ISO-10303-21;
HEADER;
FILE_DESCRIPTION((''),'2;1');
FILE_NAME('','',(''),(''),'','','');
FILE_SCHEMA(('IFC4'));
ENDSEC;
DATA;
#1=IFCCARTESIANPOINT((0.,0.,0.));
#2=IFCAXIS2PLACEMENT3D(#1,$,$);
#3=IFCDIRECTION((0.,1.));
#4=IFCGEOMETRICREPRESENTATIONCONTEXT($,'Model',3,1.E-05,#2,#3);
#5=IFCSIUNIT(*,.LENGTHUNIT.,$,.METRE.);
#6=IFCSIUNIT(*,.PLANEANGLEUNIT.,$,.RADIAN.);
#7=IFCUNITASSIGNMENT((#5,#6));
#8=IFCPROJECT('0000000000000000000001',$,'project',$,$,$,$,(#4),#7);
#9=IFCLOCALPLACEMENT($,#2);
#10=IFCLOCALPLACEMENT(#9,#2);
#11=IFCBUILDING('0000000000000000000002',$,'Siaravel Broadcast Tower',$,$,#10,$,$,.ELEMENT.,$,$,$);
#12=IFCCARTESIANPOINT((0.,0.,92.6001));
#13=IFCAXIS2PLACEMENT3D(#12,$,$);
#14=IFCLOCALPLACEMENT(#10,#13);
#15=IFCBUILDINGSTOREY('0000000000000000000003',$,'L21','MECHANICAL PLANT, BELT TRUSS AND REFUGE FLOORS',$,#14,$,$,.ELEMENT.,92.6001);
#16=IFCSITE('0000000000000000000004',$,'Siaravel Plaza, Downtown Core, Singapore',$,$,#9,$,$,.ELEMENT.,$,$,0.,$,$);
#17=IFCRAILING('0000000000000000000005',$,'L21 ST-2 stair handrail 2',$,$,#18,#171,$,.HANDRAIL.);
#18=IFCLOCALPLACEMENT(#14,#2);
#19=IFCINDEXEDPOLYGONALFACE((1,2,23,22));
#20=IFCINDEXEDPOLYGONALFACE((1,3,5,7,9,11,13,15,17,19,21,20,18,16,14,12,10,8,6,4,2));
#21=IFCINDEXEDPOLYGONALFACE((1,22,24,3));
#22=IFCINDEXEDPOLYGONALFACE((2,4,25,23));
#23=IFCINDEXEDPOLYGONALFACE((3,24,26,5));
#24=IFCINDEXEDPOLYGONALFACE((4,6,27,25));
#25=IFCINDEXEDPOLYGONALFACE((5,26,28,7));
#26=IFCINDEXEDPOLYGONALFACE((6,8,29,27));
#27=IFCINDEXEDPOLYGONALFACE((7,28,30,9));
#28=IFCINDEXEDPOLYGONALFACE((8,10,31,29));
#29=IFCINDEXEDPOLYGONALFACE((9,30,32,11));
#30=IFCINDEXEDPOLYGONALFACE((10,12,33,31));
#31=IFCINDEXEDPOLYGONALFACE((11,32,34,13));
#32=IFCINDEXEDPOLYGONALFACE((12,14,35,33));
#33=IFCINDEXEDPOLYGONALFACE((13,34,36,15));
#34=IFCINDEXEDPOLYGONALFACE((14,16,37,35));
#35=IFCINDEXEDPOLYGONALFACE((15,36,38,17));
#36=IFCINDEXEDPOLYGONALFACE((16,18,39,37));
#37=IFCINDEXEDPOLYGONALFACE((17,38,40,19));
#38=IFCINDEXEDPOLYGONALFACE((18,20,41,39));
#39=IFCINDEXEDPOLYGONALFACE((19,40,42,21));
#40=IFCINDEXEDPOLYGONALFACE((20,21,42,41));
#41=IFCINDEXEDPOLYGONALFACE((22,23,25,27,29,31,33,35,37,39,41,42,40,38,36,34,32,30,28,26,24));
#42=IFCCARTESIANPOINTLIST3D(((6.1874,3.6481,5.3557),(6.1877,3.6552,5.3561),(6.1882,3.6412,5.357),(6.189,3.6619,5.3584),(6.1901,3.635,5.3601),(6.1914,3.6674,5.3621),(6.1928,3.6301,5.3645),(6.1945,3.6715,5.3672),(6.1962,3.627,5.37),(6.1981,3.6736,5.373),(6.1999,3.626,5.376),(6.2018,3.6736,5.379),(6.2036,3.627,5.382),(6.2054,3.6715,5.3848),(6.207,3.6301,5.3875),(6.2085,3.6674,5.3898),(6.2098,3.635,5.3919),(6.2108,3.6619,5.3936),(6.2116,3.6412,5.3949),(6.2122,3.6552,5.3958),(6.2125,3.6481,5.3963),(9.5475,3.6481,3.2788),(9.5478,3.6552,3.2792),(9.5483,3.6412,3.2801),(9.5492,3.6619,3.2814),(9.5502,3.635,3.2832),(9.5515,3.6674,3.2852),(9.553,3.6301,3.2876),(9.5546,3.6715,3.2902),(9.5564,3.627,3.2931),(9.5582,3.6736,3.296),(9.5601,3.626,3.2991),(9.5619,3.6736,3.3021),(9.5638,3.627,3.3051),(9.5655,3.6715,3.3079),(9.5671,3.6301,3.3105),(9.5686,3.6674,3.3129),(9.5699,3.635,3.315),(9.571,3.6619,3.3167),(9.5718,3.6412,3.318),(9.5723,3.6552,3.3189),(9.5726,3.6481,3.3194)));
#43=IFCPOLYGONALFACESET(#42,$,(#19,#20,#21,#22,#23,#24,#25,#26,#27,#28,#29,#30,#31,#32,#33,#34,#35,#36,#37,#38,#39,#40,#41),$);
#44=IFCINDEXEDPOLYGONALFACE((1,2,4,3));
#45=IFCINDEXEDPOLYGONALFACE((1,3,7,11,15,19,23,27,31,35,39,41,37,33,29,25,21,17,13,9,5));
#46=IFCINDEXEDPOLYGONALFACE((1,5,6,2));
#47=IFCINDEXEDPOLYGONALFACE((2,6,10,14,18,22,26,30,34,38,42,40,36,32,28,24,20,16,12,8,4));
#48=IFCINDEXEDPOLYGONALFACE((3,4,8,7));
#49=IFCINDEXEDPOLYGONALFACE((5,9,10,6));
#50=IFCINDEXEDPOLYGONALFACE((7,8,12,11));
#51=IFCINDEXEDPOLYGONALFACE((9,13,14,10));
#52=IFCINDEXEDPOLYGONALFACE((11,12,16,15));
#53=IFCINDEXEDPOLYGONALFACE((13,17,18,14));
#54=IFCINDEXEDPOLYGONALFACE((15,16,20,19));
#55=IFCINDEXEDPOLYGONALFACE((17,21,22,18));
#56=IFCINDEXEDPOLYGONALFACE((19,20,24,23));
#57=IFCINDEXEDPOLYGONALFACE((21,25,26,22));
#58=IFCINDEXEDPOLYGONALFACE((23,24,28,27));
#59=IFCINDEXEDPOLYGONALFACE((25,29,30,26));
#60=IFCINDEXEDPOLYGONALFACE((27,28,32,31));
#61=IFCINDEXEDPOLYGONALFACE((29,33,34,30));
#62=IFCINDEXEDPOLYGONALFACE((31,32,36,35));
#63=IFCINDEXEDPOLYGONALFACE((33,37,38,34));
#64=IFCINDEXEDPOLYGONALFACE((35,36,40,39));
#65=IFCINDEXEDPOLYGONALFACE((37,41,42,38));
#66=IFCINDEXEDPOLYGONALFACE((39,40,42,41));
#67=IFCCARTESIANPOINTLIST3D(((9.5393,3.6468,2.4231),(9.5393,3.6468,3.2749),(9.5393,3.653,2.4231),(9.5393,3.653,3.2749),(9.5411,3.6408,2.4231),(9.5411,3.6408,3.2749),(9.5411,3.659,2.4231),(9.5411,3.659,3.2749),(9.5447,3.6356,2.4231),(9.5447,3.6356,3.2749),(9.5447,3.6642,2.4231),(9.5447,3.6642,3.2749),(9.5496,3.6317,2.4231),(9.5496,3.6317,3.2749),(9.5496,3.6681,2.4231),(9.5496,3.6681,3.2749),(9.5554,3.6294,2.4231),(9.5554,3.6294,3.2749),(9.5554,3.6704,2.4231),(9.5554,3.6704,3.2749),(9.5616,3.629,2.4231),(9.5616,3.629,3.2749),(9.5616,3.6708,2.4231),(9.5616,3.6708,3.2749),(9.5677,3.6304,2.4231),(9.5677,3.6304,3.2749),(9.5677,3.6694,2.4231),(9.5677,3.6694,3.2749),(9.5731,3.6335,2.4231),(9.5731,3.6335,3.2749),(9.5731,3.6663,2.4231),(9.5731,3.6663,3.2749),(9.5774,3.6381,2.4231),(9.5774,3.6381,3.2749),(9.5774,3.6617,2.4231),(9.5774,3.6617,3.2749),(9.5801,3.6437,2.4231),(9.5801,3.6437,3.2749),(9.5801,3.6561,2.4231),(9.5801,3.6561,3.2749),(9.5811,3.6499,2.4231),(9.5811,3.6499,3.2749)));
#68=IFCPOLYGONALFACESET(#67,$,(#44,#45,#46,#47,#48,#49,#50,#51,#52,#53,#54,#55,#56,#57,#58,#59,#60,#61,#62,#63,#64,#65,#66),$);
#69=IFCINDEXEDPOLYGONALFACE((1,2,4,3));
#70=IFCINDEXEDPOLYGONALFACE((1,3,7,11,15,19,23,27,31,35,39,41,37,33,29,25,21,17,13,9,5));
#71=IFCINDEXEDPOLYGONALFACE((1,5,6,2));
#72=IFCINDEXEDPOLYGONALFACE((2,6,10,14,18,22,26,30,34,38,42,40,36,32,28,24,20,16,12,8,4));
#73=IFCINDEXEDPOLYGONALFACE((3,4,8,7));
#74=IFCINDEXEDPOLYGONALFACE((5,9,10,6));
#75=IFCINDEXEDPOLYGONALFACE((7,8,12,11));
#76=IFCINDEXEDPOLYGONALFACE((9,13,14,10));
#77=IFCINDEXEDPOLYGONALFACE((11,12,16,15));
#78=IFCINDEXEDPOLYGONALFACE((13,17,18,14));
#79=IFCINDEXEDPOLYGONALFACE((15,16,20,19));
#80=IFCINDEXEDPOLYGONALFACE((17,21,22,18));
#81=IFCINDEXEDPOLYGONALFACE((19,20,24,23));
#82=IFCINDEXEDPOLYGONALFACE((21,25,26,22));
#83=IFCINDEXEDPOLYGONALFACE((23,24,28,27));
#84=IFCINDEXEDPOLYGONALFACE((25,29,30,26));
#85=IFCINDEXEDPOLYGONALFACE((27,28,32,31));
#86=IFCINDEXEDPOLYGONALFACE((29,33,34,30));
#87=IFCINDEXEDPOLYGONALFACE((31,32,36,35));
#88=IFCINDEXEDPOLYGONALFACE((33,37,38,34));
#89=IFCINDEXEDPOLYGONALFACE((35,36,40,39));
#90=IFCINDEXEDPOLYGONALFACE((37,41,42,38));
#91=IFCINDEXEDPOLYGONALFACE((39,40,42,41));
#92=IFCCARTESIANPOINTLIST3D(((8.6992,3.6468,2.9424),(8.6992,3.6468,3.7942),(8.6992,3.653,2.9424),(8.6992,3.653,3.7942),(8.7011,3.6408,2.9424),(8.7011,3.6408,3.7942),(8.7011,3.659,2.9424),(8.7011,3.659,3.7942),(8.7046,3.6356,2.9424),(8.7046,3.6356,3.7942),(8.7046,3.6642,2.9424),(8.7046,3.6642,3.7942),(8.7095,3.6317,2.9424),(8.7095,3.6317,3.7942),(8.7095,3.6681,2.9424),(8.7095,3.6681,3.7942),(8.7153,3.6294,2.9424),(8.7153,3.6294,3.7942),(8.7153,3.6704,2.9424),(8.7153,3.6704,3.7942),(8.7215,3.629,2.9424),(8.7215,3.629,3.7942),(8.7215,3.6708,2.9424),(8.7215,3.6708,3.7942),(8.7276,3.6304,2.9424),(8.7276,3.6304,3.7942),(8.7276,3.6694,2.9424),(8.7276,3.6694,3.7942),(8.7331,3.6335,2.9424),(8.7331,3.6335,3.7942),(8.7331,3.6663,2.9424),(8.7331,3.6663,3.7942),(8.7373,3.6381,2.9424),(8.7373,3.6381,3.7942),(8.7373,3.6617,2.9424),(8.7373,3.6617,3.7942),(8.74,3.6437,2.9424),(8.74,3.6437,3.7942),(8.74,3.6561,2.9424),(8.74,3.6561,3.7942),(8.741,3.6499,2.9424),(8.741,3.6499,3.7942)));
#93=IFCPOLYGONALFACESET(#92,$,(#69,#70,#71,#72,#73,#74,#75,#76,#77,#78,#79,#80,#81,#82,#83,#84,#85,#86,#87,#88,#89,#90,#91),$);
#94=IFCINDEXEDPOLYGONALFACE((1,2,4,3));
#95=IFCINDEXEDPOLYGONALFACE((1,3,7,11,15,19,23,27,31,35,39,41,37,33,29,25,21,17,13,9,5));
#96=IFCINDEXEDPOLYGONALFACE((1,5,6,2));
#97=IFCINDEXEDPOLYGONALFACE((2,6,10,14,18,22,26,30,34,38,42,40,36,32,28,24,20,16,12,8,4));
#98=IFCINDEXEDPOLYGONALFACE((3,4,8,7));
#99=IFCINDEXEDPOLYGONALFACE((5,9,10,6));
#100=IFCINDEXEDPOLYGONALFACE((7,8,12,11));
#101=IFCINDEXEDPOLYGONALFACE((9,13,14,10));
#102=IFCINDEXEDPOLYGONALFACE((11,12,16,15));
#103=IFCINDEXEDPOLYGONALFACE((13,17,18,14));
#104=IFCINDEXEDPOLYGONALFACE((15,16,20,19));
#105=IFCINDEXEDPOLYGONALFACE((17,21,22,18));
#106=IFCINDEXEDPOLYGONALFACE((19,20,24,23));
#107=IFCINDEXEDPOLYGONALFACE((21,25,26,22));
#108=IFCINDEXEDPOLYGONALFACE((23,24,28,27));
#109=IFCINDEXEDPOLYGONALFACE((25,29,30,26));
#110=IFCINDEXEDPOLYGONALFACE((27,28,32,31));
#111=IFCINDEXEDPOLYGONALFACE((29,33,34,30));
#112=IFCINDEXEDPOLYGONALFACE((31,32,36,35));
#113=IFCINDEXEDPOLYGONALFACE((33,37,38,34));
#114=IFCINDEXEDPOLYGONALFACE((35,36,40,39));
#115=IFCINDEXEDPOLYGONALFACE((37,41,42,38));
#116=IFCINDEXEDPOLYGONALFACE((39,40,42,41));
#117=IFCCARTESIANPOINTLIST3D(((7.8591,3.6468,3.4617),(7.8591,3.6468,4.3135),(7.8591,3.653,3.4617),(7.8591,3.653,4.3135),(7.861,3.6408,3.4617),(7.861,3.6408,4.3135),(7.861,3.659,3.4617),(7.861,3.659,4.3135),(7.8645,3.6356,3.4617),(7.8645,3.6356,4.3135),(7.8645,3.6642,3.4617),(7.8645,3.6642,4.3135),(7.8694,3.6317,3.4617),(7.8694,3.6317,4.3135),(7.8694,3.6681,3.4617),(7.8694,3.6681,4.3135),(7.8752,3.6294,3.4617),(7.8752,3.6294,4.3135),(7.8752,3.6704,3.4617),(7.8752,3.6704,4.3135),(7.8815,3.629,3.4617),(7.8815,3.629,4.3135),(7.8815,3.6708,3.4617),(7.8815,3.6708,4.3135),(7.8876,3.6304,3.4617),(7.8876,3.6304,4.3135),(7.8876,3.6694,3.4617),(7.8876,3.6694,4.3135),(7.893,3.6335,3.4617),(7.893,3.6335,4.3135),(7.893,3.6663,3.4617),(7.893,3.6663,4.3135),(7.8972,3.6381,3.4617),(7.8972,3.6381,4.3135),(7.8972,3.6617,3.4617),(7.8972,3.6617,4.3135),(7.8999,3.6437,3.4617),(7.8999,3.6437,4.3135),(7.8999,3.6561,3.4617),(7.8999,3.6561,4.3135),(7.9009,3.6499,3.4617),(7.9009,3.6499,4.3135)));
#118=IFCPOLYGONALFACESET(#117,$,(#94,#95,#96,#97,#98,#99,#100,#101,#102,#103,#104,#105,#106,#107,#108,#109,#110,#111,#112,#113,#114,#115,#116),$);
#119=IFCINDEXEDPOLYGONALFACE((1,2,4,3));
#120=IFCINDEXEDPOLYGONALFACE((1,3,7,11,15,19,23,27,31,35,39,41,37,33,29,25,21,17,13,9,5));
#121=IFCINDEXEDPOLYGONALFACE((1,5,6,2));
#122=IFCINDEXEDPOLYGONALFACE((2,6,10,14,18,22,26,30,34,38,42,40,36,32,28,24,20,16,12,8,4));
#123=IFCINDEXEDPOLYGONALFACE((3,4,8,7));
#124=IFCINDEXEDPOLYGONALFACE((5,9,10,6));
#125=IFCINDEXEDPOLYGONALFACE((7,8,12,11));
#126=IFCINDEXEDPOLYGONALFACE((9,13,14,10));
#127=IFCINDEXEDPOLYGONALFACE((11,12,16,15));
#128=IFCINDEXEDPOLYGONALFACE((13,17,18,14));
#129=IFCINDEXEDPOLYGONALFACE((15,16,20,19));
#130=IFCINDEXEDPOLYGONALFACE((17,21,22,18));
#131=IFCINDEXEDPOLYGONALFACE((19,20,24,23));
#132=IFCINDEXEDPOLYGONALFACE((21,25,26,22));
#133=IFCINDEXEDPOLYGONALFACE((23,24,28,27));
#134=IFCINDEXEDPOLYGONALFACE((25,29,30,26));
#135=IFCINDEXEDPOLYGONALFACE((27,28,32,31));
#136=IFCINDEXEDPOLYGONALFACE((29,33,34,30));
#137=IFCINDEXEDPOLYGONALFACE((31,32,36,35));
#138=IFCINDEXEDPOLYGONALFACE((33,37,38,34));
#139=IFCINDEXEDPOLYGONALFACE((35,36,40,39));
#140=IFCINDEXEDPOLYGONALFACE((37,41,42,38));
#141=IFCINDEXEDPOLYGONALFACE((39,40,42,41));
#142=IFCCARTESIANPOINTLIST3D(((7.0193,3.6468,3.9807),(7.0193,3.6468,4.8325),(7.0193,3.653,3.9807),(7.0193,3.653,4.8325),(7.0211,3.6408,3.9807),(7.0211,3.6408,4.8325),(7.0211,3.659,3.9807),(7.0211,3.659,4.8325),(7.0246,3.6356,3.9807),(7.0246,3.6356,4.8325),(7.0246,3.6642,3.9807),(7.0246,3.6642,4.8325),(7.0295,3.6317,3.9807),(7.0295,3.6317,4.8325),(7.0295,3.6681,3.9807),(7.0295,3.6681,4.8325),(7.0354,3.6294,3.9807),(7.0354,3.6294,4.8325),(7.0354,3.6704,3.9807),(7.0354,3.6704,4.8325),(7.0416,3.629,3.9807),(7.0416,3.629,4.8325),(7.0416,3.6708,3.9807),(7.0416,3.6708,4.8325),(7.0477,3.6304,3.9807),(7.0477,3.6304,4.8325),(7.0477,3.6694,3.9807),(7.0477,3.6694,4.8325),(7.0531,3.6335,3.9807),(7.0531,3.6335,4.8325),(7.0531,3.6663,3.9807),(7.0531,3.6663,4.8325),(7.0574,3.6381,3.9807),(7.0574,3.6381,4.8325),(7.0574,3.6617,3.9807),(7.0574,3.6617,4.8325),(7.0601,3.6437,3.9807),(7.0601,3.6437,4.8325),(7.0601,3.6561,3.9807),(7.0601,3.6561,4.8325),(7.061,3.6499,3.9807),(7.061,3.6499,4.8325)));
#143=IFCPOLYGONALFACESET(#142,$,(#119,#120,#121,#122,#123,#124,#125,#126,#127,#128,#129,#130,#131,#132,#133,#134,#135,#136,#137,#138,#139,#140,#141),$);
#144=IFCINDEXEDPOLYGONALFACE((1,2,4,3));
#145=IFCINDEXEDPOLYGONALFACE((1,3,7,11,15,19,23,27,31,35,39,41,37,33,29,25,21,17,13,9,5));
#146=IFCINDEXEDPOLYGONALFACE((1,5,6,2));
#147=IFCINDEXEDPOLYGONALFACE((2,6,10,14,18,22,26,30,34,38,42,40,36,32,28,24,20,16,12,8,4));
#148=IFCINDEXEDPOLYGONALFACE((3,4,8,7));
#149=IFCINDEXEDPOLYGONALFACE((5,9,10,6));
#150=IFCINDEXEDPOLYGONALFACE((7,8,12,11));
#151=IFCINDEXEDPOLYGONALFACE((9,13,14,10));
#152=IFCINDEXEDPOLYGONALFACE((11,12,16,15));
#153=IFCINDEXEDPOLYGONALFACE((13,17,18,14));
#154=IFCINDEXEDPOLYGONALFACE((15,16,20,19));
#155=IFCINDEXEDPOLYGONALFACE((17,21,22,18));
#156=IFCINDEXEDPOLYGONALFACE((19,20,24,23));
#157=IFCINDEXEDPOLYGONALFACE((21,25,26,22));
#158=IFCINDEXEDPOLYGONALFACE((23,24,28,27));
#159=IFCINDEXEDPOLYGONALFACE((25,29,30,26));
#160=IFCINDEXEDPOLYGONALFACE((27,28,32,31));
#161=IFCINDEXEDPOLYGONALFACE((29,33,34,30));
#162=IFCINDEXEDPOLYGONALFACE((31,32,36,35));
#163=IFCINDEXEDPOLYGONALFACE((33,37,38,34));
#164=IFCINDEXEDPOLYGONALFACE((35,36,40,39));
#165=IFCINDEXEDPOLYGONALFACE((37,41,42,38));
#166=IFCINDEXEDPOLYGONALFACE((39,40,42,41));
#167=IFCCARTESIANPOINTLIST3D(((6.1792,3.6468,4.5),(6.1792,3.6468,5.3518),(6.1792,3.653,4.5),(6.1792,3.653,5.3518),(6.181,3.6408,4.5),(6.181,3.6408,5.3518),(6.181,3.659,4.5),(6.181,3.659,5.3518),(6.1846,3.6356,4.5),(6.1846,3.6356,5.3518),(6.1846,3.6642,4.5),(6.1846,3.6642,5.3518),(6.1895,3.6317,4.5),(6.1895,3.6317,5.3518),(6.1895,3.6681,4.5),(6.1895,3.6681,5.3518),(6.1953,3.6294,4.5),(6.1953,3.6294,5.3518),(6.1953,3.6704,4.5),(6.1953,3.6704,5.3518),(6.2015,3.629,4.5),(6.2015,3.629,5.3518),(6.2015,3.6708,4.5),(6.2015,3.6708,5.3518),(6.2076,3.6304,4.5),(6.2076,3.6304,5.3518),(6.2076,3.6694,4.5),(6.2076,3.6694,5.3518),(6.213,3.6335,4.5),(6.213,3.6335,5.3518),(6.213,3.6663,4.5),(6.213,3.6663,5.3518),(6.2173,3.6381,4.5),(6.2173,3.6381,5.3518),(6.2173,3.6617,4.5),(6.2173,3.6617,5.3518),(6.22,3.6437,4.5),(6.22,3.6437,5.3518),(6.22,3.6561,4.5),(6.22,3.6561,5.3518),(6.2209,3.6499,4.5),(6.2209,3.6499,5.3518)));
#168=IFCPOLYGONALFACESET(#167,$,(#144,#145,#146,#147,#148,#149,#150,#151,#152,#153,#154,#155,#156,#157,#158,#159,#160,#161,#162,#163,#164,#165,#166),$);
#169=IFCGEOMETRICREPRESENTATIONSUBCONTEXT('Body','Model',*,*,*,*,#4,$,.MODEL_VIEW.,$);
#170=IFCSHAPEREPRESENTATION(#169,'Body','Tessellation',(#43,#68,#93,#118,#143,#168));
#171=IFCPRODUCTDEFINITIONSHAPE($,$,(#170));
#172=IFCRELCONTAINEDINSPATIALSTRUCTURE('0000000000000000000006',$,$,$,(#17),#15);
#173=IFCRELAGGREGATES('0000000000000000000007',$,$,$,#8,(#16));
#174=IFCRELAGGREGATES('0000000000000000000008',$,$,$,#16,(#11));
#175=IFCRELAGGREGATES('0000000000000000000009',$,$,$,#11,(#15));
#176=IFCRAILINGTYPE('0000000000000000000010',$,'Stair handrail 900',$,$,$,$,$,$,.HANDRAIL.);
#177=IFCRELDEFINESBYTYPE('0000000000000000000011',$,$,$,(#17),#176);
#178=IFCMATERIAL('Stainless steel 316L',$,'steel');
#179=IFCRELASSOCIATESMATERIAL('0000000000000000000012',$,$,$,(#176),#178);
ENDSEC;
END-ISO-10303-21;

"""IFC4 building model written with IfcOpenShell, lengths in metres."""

from ifc_helpers import new_model, si_unit, direction, frame, origin, origin_2d, place, context, subcontext, project, spatial, circle, extrude, material, type_object, element, save


model = new_model("IFC4")

# Units and contexts
model_context = context("Model", 3, precision=1e-05, world=origin(), true_north=direction((0.0, 1.0)))
body_context = subcontext(model_context, "Body", "Model", "MODEL_VIEW")
ifc_project = project(units=[si_unit("LENGTHUNIT", "METRE"), si_unit("PLANEANGLEUNIT", "RADIAN")], contexts=[model_context])

# Site, building, storey
site_placement = place(None, origin())
site = spatial("IfcSite", under=ifc_project, at=site_placement, Name="Siaravel Plaza, Downtown Core, Singapore", CompositionType="ELEMENT", RefElevation=0.0)
building_placement = place(site_placement, origin())
building = spatial("IfcBuilding", under=site, at=building_placement, Name="Siaravel Broadcast Tower", CompositionType="ELEMENT")
storey_placement = place(building_placement, frame((0.0, 0.0, 92.6001)))
storey = spatial("IfcBuildingStorey", under=building, at=storey_placement, Name="L21", Description="MECHANICAL PLANT, BELT TRUSS AND REFUGE FLOORS", CompositionType="ELEMENT", Elevation=92.6001)

# Railing
ifc_material_1 = material(Name="Stainless steel 316L", Category="steel")
railing_type_1 = type_object("IfcRailingType", Name="Stair handrail 900", PredefinedType="HANDRAIL", material=ifc_material_1)
railing_1_placement = place(storey_placement, frame((9.5601, 3.6499, 2.4231)))
element("IfcRailing", 1, at=railing_1_placement, inside=storey, type_object=railing_type_1, Name="L21 ST-2 stair handrail 2", PredefinedType="HANDRAIL", context=body_context, shape_type="SweptSolid", body=[
    extrude(circle(Radius=0.0239, at=origin_2d()), frame((0.0, 0.0, 0.876), z_axis=(-0.850623, 0.0, 0.525776), x_axis=(0.0, -1.0, 0.0)), (0.0, 0.0, 1.0), 3.9502),
    extrude(circle(Radius=0.021, at=origin_2d()), origin(), (0.0, 0.0, 1.0), 0.8518),
    extrude(circle(Radius=0.021, at=origin_2d()), frame((-0.8401, 0.0, 0.5193)), (0.0, 0.0, 1.0), 0.8518),
    extrude(circle(Radius=0.021, at=origin_2d()), frame((-1.6802, 0.0, 1.0386)), (0.0, 0.0, 1.0), 0.8518),
    extrude(circle(Radius=0.021, at=origin_2d()), frame((-2.52, 0.0, 1.5576)), (0.0, 0.0, 1.0), 0.8518),
    extrude(circle(Radius=0.021, at=origin_2d()), frame((-3.3601, 0.0, 2.0769)), (0.0, 0.0, 1.0), 0.8518),
])

save(model, "model.ifc")
